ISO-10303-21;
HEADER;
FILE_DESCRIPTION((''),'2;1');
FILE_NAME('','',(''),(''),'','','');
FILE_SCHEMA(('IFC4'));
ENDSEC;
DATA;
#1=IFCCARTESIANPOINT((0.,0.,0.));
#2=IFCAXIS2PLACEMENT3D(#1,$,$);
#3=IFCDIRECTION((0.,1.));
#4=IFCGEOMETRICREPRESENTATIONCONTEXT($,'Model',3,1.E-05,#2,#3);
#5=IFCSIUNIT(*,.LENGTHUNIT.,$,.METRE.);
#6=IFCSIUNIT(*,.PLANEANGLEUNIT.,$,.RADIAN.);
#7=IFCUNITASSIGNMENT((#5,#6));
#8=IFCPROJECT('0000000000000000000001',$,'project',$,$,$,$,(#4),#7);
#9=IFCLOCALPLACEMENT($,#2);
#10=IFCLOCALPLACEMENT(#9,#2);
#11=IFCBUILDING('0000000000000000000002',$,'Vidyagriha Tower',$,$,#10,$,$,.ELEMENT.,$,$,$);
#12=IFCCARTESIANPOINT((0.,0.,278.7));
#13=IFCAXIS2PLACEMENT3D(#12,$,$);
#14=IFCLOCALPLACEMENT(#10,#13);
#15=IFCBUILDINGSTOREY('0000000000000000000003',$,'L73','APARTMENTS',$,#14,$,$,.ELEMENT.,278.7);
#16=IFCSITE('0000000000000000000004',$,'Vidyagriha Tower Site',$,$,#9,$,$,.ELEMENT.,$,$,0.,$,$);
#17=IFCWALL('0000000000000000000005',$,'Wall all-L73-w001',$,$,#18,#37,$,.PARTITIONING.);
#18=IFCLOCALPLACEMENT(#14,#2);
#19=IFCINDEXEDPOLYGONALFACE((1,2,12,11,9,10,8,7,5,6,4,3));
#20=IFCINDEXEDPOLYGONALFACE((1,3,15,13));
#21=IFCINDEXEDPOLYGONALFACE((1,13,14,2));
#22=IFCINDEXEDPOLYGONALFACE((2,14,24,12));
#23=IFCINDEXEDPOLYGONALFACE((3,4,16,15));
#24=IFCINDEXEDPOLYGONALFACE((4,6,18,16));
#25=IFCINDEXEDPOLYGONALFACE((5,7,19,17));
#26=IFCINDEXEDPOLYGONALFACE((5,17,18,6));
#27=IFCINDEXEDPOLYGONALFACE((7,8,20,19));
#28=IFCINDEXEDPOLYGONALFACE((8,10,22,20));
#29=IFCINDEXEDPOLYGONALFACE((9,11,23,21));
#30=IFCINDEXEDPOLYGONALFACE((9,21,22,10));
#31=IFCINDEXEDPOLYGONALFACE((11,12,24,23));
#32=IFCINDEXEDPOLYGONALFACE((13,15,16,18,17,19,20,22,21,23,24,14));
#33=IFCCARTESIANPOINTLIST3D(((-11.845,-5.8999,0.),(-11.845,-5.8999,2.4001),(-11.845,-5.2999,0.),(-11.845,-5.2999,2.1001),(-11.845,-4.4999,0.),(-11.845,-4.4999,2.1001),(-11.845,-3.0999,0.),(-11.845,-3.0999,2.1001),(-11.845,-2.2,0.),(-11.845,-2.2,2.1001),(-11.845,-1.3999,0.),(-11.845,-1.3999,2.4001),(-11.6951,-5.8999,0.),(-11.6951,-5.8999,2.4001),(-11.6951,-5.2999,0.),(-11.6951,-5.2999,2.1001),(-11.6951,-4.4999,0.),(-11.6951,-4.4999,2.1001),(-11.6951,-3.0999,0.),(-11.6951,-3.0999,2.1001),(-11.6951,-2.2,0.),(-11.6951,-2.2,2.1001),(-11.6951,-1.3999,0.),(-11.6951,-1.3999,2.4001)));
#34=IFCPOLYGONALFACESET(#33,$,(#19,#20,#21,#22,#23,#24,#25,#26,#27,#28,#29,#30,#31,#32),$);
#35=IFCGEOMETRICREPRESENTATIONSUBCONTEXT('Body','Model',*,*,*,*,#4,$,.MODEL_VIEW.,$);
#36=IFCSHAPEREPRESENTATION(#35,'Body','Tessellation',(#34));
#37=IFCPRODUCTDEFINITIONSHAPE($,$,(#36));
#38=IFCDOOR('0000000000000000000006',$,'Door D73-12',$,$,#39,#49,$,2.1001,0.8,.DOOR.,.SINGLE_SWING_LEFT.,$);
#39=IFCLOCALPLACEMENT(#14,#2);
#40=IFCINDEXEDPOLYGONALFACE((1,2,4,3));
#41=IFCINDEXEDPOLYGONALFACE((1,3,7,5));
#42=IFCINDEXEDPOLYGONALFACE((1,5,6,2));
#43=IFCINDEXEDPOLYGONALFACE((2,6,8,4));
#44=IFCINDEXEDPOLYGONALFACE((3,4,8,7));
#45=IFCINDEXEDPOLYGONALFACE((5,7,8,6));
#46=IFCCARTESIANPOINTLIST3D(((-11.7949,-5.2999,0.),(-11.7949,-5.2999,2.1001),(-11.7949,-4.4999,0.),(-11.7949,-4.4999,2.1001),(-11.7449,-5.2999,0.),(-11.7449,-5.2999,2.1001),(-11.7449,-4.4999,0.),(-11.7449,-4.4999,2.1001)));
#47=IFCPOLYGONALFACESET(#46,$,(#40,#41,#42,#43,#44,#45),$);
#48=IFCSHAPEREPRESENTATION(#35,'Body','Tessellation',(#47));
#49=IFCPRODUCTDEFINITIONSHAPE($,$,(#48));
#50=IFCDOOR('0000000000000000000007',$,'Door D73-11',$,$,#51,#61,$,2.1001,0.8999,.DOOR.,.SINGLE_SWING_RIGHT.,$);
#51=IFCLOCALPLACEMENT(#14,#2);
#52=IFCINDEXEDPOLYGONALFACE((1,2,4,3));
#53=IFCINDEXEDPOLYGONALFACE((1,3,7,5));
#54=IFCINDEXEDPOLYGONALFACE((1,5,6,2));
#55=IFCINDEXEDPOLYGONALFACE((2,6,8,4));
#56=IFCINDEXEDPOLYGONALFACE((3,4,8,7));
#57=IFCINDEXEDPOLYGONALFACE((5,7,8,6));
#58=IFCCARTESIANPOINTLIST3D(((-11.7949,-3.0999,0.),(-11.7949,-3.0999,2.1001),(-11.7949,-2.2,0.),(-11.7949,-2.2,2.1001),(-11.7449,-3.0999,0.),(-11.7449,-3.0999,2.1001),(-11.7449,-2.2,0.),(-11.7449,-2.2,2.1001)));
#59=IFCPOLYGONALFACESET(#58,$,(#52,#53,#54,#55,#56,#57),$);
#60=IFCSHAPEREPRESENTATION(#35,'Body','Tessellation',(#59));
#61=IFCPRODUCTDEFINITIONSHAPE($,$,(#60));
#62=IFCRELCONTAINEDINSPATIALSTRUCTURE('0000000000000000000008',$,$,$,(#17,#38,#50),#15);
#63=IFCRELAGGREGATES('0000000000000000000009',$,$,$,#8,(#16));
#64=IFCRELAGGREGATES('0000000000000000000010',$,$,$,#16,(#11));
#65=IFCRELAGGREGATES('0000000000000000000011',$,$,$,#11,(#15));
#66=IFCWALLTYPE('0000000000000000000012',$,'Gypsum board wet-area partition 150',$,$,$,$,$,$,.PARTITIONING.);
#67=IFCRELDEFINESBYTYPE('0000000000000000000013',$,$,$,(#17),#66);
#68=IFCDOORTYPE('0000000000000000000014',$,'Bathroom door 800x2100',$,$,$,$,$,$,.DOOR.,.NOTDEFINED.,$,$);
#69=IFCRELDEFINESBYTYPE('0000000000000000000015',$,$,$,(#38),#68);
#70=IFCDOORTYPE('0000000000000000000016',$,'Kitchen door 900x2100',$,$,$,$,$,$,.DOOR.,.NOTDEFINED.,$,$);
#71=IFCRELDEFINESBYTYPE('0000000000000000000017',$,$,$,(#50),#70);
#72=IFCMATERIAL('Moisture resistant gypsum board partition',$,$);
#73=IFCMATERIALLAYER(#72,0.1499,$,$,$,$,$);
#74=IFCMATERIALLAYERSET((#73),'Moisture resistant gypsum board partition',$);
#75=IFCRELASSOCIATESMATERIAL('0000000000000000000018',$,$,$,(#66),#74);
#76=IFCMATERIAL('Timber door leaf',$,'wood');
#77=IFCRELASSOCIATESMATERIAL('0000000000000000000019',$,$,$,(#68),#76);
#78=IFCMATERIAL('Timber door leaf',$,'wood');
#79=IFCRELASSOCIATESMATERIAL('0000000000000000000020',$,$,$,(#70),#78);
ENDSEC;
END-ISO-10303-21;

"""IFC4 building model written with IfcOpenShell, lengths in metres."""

from ifc_helpers import new_model, si_unit, direction, frame, frame_2d, origin, place, context, subcontext, project, spatial, rectangle, extrude, material, layer, layer_set, type_object, element, fill, save


model = new_model("IFC4")

# Units and contexts
model_context = context("Model", 3, precision=1e-05, world=origin(), true_north=direction((0.0, 1.0)))
body_context = subcontext(model_context, "Body", "Model", "MODEL_VIEW")
ifc_project = project(units=[si_unit("LENGTHUNIT", "METRE"), si_unit("PLANEANGLEUNIT", "RADIAN")], contexts=[model_context])

# Site, building, storey
site_placement = place(None, origin())
site = spatial("IfcSite", under=ifc_project, at=site_placement, Name="Vidyagriha Tower Site", CompositionType="ELEMENT", RefElevation=0.0)
building_placement = place(site_placement, origin())
building = spatial("IfcBuilding", under=site, at=building_placement, Name="Vidyagriha Tower", CompositionType="ELEMENT")
storey_placement = place(building_placement, frame((0.0, 0.0, 278.7)))
storey = spatial("IfcBuildingStorey", under=building, at=storey_placement, Name="L73", Description="APARTMENTS", CompositionType="ELEMENT", Elevation=278.7)

# Wall, openings, doors
ifc_material_1 = material(Name="Moisture resistant gypsum board partition")
ifc_layer_1 = layer(ifc_material_1, 0.1499)
ifc_layer_set_1 = layer_set([ifc_layer_1], Name="Moisture resistant gypsum board partition")
wall_type_1 = type_object("IfcWallType", Name="Gypsum board wet-area partition 150", PredefinedType="PARTITIONING", material=ifc_layer_set_1)
wall_1_placement = place(storey_placement, frame((-11.77, -5.8999, 0.0), z_axis=(0.0, 0.0, 1.0), x_axis=(0.0, 1.0, 0.0)))
wall_1 = element("IfcWall", 1, at=wall_1_placement, inside=storey, type_object=wall_type_1, Name="Wall all-L73-w001", PredefinedType="PARTITIONING", context=body_context, shape_type="SweptSolid", body=[
    extrude(rectangle(XDim=4.5, YDim=0.1499, at=frame_2d((2.25, 0.0))), origin(), (0.0, 0.0, 1.0), 2.4001),
])
opening_1_placement = place(wall_1_placement, frame((2.8, 0.0, 0.0)))
opening_1 = element("IfcOpeningElement", 2, at=opening_1_placement, cuts=wall_1, PredefinedType="OPENING", context=body_context, shape_type="SweptSolid", body=[
    extrude(rectangle(XDim=0.8999, YDim=2.1001, at=frame_2d((0.45, 1.05))), frame((0.0, 0.085, 0.0), z_axis=(0.0, -1.0, 0.0), x_axis=(1.0, 0.0, 0.0)), (0.0, 0.0, 1.0), 0.1699),
])
opening_2_placement = place(wall_1_placement, frame((0.6001, 0.0, 0.0)))
opening_2 = element("IfcOpeningElement", 3, at=opening_2_placement, cuts=wall_1, PredefinedType="OPENING", context=body_context, shape_type="SweptSolid", body=[
    extrude(rectangle(XDim=0.8, YDim=2.1001, at=frame_2d((0.3999, 1.05))), frame((0.0, 0.085, 0.0), z_axis=(0.0, -1.0, 0.0), x_axis=(1.0, 0.0, 0.0)), (0.0, 0.0, 1.0), 0.1699),
])
ifc_material_2 = material(Name="Timber door leaf", Category="wood")
door_type_1 = type_object("IfcDoorType", Name="Bathroom door 800x2100", OperationType="NOTDEFINED", PredefinedType="DOOR", material=ifc_material_2)
door_1_placement = place(opening_2_placement, origin())
door_1 = element("IfcDoor", 4, at=door_1_placement, inside=storey, type_object=door_type_1, Name="Door D73-12", OperationType="SINGLE_SWING_LEFT", OverallHeight=2.1001, OverallWidth=0.8, PredefinedType="DOOR", context=body_context, shape_type="SweptSolid", body=[
    extrude(rectangle(XDim=0.8, YDim=2.1001, at=frame_2d((0.3999, 1.05))), frame((0.0, 0.0249, 0.0), z_axis=(0.0, -1.0, 0.0), x_axis=(1.0, 0.0, 0.0)), (0.0, 0.0, 1.0), 0.05),
])
fill(opening_2, door_1)
ifc_material_3 = material(Name="Timber door leaf", Category="wood")
door_type_2 = type_object("IfcDoorType", Name="Kitchen door 900x2100", OperationType="NOTDEFINED", PredefinedType="DOOR", material=ifc_material_3)
door_2_placement = place(opening_1_placement, origin())
door_2 = element("IfcDoor", 5, at=door_2_placement, inside=storey, type_object=door_type_2, Name="Door D73-11", OperationType="SINGLE_SWING_RIGHT", OverallHeight=2.1001, OverallWidth=0.8999, PredefinedType="DOOR", context=body_context, shape_type="SweptSolid", body=[
    extrude(rectangle(XDim=0.8999, YDim=2.1001, at=frame_2d((0.45, 1.05))), frame((0.0, 0.0249, 0.0), z_axis=(0.0, -1.0, 0.0), x_axis=(1.0, 0.0, 0.0)), (0.0, 0.0, 1.0), 0.05),
])
fill(opening_1, door_2)

save(model, "model.ifc")
